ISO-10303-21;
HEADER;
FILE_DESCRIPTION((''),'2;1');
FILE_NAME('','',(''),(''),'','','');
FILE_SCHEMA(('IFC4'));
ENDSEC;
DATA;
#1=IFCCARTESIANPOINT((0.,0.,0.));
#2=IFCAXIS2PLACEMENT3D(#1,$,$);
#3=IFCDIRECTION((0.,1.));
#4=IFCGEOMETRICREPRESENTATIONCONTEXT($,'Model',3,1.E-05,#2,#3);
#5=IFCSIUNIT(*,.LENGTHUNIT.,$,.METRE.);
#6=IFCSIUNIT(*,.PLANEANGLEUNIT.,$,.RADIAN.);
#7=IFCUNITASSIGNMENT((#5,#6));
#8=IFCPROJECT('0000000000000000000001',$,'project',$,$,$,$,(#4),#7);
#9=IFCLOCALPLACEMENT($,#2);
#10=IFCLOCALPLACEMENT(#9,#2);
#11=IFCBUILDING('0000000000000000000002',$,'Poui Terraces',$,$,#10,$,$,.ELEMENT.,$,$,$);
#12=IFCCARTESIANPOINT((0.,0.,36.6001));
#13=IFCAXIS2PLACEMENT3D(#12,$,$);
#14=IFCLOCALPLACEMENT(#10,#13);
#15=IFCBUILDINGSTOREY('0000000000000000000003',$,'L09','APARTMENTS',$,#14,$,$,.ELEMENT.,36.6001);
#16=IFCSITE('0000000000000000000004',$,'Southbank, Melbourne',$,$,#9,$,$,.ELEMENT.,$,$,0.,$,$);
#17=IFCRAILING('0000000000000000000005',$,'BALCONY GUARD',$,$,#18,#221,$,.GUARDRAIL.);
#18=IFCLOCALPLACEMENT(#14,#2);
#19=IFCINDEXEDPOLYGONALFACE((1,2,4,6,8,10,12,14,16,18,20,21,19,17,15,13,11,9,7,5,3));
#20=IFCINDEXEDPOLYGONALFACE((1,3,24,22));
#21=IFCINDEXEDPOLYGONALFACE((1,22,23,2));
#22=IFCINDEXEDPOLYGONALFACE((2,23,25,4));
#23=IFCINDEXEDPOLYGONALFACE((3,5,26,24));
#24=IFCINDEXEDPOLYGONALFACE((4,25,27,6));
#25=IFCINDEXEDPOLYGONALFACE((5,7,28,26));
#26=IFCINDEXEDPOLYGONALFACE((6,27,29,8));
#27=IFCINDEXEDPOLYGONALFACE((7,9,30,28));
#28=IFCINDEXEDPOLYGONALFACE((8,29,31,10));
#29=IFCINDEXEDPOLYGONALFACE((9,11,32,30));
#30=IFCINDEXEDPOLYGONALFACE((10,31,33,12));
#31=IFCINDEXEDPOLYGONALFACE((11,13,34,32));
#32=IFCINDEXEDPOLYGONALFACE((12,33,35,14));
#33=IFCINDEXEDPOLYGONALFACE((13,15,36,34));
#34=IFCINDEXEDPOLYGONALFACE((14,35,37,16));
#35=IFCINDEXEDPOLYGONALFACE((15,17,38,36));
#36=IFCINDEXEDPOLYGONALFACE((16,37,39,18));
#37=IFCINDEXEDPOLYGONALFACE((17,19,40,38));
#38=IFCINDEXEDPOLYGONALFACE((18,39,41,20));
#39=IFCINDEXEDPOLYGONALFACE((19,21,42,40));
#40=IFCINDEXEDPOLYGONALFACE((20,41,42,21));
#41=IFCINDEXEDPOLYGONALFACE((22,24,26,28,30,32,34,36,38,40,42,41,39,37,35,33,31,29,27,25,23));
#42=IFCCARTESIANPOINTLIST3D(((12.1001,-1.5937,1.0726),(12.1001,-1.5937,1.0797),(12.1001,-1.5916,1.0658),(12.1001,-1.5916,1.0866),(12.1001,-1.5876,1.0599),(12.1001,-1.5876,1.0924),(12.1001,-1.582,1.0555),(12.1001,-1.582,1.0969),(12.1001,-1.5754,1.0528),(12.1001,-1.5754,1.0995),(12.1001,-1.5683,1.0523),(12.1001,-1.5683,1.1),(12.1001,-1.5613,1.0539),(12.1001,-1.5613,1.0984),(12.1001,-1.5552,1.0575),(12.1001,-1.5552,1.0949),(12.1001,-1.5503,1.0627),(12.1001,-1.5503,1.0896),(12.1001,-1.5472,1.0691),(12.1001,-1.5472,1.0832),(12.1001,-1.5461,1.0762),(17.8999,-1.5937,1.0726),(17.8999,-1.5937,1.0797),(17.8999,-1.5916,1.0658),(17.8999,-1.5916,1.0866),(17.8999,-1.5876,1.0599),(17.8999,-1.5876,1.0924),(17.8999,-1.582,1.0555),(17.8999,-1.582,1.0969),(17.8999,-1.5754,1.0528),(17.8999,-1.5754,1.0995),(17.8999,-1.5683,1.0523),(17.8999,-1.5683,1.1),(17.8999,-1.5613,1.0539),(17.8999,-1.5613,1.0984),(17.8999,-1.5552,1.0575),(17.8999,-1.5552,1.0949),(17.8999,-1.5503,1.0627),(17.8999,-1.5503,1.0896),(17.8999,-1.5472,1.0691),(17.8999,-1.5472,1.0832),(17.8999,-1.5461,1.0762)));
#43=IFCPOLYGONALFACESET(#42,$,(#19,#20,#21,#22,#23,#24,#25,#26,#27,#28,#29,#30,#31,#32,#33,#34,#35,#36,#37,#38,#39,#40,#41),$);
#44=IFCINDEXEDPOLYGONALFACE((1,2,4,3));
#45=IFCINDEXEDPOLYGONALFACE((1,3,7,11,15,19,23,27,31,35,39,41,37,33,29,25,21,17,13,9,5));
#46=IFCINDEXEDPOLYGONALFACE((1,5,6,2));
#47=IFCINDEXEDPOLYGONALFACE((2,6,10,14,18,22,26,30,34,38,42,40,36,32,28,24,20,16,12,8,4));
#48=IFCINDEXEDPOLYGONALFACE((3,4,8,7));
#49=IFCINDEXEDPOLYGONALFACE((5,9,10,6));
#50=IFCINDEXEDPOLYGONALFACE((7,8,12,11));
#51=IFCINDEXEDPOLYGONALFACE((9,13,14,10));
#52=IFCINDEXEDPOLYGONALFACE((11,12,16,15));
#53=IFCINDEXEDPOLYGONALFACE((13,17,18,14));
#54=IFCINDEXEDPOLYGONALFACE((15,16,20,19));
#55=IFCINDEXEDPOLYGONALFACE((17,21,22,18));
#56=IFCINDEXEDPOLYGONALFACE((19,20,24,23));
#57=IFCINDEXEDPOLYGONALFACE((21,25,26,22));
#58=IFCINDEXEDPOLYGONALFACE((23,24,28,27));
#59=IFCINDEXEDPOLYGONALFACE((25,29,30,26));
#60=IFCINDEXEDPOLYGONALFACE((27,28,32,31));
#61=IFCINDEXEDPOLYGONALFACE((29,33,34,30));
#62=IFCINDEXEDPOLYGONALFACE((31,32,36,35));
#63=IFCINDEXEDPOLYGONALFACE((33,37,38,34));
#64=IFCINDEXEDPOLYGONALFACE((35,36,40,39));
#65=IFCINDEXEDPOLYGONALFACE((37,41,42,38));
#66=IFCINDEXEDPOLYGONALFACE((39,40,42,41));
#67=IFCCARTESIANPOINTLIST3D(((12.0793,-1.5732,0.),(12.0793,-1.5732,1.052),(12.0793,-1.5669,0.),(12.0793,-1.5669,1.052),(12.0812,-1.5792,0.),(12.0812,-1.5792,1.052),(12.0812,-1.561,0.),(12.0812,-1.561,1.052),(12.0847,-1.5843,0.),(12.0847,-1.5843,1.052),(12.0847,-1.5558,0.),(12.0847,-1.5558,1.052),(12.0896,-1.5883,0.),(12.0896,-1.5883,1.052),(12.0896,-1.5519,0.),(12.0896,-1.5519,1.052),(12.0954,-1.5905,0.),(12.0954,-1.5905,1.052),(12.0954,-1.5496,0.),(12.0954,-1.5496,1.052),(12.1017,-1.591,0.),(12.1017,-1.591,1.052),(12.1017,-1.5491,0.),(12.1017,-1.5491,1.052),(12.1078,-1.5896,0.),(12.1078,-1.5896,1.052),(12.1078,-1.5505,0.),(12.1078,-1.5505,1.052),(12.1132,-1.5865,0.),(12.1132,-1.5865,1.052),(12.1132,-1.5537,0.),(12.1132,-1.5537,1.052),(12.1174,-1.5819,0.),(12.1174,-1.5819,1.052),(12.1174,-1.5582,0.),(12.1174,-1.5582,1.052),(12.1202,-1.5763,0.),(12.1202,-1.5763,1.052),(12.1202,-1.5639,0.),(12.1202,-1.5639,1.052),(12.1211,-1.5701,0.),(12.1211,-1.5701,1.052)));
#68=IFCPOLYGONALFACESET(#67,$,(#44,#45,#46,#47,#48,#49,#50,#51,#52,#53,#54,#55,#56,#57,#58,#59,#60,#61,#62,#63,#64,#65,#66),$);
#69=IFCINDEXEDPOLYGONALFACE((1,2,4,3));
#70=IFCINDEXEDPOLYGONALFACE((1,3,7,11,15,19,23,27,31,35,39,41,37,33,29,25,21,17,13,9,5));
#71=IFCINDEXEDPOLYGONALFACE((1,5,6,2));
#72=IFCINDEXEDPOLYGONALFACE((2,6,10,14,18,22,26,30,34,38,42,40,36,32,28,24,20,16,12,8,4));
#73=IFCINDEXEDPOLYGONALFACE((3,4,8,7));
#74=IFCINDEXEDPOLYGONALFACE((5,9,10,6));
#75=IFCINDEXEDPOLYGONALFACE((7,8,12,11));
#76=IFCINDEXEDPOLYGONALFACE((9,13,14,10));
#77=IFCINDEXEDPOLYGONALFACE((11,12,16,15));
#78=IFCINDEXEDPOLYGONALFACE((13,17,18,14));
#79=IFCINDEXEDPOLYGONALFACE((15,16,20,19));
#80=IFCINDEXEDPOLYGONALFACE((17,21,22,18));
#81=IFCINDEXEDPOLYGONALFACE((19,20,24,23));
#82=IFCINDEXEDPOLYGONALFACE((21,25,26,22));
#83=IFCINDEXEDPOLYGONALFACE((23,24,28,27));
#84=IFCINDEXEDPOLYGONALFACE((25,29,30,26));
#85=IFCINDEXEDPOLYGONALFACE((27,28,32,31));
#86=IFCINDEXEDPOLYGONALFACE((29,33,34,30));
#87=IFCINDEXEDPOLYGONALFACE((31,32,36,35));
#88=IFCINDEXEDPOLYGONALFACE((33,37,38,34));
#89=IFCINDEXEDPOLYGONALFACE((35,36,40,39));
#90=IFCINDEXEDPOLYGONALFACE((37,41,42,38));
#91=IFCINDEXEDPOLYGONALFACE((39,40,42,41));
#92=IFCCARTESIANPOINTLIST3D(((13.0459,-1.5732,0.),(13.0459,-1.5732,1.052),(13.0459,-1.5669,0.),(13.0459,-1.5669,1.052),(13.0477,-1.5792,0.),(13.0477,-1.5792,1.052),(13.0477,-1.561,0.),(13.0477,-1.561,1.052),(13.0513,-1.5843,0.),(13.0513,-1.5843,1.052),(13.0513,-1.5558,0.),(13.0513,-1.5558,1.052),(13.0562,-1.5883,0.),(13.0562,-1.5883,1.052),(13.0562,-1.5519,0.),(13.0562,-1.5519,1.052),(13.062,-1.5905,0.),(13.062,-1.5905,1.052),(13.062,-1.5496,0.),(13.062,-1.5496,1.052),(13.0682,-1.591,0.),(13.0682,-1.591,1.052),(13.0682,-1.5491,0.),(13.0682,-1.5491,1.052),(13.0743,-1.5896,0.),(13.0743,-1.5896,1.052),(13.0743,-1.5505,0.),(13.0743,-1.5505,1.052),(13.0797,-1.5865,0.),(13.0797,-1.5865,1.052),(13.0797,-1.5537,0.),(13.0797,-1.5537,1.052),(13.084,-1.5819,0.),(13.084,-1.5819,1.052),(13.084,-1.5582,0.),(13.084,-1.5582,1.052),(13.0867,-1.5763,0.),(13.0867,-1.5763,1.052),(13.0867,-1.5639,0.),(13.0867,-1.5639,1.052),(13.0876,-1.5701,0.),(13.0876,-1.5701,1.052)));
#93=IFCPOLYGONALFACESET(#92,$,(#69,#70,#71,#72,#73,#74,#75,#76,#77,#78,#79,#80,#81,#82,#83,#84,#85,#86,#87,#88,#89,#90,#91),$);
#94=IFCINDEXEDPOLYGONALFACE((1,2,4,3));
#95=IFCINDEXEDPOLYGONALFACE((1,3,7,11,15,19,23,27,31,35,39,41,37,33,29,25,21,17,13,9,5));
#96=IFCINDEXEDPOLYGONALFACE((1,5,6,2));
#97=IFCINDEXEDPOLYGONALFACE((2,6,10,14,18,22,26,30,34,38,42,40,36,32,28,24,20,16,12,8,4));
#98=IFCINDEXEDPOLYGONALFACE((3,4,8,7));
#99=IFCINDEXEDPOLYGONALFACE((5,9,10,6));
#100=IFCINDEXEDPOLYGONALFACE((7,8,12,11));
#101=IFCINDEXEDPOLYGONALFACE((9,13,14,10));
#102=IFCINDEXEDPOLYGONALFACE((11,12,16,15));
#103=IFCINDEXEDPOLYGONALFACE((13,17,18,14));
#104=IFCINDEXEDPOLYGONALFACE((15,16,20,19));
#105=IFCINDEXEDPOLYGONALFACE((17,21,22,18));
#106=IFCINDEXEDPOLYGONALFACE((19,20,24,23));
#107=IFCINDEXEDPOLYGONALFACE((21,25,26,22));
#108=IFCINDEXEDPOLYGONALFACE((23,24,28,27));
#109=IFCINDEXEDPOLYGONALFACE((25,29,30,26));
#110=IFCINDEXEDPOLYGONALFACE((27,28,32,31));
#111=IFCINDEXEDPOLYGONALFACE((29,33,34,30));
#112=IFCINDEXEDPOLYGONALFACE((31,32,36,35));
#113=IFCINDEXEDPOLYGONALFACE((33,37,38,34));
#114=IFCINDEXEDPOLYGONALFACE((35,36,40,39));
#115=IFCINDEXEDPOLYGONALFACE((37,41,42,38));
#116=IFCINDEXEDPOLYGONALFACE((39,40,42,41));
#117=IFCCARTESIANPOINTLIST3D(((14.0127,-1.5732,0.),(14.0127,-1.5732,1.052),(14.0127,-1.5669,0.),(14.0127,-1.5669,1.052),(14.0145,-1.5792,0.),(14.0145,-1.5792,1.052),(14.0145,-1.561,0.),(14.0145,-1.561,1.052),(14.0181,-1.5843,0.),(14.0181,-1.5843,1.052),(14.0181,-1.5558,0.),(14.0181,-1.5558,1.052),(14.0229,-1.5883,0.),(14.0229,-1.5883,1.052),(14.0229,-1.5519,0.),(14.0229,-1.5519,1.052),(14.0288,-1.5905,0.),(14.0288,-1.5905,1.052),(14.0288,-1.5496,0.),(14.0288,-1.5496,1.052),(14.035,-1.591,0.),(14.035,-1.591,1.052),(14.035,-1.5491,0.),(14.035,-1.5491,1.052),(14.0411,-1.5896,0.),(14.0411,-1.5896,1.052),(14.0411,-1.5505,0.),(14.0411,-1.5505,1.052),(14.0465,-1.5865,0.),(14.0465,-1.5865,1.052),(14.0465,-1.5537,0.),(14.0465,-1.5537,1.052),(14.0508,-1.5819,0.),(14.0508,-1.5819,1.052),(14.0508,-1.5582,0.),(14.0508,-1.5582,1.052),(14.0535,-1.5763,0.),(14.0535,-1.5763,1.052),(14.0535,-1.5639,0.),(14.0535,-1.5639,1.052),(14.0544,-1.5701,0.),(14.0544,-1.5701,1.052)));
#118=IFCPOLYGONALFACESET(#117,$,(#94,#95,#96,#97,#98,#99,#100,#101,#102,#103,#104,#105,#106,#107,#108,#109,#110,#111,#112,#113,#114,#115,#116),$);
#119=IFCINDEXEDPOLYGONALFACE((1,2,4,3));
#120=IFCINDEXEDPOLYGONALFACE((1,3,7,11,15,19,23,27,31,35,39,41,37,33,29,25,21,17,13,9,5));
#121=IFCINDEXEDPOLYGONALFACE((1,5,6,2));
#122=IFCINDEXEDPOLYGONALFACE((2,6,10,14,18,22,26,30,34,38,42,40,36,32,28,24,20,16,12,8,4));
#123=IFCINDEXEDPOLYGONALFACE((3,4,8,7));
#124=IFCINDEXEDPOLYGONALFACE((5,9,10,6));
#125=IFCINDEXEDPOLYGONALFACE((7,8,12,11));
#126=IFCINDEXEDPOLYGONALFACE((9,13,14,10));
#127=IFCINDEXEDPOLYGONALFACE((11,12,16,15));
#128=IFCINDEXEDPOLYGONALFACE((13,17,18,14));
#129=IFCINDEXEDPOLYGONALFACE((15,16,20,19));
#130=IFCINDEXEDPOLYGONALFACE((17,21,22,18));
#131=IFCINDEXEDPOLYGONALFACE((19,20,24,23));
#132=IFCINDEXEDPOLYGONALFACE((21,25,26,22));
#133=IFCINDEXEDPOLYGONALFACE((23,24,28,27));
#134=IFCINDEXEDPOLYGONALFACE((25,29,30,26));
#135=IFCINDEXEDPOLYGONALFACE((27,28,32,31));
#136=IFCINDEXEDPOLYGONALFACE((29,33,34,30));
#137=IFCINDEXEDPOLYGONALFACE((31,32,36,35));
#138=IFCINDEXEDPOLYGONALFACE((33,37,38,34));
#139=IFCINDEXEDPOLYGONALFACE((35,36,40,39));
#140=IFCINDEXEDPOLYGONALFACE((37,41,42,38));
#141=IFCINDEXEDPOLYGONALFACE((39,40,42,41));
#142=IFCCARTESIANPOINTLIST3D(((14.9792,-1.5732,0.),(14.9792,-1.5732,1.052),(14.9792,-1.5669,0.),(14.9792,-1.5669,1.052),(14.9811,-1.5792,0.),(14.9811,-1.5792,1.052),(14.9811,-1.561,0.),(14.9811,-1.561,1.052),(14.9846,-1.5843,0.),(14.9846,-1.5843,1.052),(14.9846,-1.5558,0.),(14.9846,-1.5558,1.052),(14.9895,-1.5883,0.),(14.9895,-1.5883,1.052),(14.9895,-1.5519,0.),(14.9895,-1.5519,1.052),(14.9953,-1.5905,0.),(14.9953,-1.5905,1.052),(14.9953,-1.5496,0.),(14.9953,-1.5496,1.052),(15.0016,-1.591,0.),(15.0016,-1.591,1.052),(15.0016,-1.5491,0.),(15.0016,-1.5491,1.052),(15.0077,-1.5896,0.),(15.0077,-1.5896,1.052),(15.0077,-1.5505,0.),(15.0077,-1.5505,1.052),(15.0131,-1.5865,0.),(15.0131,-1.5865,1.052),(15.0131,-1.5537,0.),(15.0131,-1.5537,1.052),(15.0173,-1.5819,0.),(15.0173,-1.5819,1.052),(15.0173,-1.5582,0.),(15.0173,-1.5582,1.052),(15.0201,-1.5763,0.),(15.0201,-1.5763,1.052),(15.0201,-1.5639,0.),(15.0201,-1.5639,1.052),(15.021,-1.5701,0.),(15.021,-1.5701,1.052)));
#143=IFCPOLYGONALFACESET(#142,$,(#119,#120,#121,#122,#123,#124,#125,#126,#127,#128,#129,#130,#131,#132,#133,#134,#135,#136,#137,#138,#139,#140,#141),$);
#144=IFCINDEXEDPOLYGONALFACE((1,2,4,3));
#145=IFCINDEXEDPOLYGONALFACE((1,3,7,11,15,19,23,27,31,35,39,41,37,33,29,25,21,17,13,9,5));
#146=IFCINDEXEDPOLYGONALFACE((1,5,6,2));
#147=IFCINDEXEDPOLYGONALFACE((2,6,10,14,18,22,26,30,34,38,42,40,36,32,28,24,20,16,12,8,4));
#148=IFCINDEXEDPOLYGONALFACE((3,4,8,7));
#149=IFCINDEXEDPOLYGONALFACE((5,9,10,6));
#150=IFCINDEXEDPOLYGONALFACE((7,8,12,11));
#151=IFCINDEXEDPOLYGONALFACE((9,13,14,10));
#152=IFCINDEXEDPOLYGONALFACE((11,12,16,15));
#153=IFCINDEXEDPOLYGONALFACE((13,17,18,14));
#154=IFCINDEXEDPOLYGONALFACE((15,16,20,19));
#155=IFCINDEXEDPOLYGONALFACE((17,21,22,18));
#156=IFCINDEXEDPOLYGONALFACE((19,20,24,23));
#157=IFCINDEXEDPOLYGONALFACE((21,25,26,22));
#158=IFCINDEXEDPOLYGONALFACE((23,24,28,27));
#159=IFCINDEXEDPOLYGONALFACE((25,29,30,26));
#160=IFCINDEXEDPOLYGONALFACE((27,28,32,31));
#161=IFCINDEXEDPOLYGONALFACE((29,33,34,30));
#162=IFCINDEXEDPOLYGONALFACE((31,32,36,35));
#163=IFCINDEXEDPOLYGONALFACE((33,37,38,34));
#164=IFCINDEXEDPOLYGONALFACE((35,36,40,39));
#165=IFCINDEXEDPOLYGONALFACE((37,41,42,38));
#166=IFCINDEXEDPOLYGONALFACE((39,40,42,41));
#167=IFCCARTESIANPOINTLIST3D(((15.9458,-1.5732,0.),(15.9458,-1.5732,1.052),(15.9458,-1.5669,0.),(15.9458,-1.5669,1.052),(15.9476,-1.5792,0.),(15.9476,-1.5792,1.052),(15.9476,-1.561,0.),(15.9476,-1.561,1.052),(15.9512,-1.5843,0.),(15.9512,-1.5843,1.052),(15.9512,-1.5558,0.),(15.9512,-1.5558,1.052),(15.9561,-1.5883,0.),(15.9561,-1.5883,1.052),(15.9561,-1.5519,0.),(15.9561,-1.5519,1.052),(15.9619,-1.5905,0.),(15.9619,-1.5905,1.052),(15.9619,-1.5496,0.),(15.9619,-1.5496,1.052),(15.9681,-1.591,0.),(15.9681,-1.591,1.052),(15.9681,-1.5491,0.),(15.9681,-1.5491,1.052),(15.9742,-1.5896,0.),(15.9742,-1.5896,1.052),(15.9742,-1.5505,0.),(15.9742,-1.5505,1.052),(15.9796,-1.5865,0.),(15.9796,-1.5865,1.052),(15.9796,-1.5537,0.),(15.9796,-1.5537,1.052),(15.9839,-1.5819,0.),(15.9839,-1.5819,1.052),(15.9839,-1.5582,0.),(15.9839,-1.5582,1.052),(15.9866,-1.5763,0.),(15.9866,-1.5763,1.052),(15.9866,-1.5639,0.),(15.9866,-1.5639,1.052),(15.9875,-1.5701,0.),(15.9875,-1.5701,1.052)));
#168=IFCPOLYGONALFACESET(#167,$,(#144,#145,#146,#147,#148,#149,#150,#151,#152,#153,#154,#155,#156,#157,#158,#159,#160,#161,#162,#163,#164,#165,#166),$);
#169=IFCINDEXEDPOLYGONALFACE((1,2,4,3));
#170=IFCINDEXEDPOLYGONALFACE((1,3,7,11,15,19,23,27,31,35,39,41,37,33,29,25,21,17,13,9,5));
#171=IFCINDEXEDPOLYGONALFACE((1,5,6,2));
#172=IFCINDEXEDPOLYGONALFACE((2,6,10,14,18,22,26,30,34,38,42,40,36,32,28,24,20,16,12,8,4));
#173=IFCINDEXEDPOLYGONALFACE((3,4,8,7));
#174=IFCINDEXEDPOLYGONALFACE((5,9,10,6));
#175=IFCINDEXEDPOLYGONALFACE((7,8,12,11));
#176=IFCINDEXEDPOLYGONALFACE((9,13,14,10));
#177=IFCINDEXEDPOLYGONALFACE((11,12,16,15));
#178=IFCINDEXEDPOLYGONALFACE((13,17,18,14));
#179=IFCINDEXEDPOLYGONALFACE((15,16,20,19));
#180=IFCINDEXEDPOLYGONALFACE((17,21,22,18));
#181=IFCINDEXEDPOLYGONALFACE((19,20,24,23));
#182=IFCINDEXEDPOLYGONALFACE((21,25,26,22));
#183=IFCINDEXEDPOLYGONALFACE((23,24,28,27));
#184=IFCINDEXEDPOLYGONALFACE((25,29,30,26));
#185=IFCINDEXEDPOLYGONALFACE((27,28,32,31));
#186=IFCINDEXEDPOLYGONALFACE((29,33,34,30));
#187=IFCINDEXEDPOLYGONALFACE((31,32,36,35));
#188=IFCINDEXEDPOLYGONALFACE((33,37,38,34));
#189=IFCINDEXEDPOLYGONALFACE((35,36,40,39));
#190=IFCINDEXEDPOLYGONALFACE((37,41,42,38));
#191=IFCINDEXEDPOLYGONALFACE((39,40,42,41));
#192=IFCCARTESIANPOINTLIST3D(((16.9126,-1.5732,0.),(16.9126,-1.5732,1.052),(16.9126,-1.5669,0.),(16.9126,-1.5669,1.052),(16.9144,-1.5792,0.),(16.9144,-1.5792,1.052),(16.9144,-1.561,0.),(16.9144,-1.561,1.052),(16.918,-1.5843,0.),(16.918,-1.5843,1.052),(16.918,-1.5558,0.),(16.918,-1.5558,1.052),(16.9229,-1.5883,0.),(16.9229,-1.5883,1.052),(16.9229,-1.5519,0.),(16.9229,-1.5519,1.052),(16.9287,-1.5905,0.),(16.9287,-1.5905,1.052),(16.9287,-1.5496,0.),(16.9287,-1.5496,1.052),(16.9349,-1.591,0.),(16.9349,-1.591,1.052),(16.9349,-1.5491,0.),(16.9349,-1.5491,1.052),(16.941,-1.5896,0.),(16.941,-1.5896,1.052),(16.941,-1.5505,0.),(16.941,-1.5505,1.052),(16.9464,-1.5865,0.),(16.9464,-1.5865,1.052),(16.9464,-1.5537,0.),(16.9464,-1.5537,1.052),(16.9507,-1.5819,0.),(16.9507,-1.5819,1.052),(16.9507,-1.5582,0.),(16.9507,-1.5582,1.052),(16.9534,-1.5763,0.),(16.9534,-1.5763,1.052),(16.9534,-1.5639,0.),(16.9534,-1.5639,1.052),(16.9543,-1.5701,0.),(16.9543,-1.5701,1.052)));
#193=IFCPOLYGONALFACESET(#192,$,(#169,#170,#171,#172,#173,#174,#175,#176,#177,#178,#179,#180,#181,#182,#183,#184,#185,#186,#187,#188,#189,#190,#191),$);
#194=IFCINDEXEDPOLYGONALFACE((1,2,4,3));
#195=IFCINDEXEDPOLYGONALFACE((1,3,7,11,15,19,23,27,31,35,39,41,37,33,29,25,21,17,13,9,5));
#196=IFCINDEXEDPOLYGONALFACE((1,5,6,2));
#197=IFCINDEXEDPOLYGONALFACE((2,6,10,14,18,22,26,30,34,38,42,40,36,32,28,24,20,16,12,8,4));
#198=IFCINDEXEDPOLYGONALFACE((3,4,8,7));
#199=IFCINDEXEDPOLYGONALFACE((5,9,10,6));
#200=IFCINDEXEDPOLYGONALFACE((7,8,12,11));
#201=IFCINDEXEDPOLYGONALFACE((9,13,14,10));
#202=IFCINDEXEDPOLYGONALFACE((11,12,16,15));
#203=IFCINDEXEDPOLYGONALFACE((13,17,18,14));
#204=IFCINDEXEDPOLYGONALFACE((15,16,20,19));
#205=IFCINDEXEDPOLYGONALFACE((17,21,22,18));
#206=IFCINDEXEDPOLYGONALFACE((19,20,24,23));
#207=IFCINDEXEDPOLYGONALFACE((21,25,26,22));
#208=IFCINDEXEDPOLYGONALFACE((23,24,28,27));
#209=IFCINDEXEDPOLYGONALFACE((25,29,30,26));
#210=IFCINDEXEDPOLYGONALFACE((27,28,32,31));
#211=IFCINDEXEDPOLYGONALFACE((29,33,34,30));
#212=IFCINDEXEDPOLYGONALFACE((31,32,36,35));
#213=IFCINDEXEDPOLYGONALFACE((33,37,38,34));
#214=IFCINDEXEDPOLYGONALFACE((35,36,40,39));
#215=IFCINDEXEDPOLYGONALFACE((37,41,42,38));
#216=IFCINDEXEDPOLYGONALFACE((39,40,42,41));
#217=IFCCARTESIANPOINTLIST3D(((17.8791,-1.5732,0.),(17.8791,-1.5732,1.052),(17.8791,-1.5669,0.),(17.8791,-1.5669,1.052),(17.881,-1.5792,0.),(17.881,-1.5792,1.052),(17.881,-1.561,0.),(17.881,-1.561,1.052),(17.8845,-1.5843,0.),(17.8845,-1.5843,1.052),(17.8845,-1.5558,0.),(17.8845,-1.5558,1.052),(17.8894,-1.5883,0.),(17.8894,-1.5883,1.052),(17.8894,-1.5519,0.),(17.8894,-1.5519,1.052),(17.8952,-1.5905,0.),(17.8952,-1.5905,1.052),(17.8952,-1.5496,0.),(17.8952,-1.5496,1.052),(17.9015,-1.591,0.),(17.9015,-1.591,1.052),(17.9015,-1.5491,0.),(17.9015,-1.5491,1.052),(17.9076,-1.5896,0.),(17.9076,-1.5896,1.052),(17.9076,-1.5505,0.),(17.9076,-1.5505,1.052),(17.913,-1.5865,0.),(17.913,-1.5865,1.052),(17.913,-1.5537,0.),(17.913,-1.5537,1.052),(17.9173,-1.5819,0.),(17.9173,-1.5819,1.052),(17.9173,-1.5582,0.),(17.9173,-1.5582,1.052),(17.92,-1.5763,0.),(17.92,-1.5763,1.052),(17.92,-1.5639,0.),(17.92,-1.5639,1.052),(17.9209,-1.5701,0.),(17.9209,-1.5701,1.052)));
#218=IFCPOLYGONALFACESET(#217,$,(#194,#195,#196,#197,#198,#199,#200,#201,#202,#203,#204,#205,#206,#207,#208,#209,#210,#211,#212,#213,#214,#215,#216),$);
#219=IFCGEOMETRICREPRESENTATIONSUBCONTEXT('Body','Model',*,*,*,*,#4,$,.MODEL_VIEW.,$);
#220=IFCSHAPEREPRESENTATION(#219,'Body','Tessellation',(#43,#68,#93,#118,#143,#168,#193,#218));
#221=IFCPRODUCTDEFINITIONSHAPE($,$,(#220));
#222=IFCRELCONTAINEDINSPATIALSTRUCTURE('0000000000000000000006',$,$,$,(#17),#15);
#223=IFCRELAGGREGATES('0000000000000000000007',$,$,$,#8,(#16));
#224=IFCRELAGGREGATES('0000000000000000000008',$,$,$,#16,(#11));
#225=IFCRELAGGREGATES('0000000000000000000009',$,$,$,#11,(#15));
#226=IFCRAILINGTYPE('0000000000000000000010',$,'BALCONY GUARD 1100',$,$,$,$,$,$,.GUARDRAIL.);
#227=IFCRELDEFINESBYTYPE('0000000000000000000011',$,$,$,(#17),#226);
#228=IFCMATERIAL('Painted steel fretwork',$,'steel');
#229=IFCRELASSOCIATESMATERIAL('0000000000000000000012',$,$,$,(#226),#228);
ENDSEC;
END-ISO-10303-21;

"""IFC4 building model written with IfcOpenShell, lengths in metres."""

from ifc_helpers import new_model, si_unit, direction, frame, origin, origin_2d, place, context, subcontext, project, spatial, circle, extrude, material, type_object, element, save


model = new_model("IFC4")

# Units and contexts
model_context = context("Model", 3, precision=1e-05, world=origin(), true_north=direction((0.0, 1.0)))
body_context = subcontext(model_context, "Body", "Model", "MODEL_VIEW")
ifc_project = project(units=[si_unit("LENGTHUNIT", "METRE"), si_unit("PLANEANGLEUNIT", "RADIAN")], contexts=[model_context])

# Site, building, storey
site_placement = place(None, origin())
site = spatial("IfcSite", under=ifc_project, at=site_placement, Name="Southbank, Melbourne", CompositionType="ELEMENT", RefElevation=0.0)
building_placement = place(site_placement, origin())
building = spatial("IfcBuilding", under=site, at=building_placement, Name="Poui Terraces", CompositionType="ELEMENT")
storey_placement = place(building_placement, frame((0.0, 0.0, 36.6001)))
storey = spatial("IfcBuildingStorey", under=building, at=storey_placement, Name="L09", Description="APARTMENTS", CompositionType="ELEMENT", Elevation=36.6001)

# Railing
ifc_material_1 = material(Name="Painted steel fretwork", Category="steel")
railing_type = type_object("IfcRailingType", Name="BALCONY GUARD 1100", PredefinedType="GUARDRAIL", material=ifc_material_1)
railing_placement = place(storey_placement, frame((12.1001, -1.5701, 0.0)))
element("IfcRailing", 1, at=railing_placement, inside=storey, type_object=railing_type, Name="BALCONY GUARD", PredefinedType="GUARDRAIL", context=body_context, shape_type="SweptSolid", body=[
    extrude(circle(Radius=0.0239, at=origin_2d()), frame((0.0, 0.0, 1.0762), z_axis=(1.0, 0.0, 0.0), x_axis=(0.0, 1.0, 0.0)), (0.0, 0.0, 1.0), 5.7998),
    extrude(circle(Radius=0.021, at=origin_2d()), origin(), (0.0, 0.0, 1.0), 1.052),
    extrude(circle(Radius=0.021, at=origin_2d()), frame((0.9666, 0.0, 0.0)), (0.0, 0.0, 1.0), 1.052),
    extrude(circle(Radius=0.021, at=origin_2d()), frame((1.9333, 0.0, 0.0)), (0.0, 0.0, 1.0), 1.052),
    extrude(circle(Radius=0.021, at=origin_2d()), frame((2.8999, 0.0, 0.0)), (0.0, 0.0, 1.0), 1.052),
    extrude(circle(Radius=0.021, at=origin_2d()), frame((3.8665, 0.0, 0.0)), (0.0, 0.0, 1.0), 1.052),
    extrude(circle(Radius=0.021, at=origin_2d()), frame((4.8333, 0.0, 0.0)), (0.0, 0.0, 1.0), 1.052),
    extrude(circle(Radius=0.021, at=origin_2d()), frame((5.7998, 0.0, 0.0)), (0.0, 0.0, 1.0), 1.052),
])

save(model, "model.ifc")
